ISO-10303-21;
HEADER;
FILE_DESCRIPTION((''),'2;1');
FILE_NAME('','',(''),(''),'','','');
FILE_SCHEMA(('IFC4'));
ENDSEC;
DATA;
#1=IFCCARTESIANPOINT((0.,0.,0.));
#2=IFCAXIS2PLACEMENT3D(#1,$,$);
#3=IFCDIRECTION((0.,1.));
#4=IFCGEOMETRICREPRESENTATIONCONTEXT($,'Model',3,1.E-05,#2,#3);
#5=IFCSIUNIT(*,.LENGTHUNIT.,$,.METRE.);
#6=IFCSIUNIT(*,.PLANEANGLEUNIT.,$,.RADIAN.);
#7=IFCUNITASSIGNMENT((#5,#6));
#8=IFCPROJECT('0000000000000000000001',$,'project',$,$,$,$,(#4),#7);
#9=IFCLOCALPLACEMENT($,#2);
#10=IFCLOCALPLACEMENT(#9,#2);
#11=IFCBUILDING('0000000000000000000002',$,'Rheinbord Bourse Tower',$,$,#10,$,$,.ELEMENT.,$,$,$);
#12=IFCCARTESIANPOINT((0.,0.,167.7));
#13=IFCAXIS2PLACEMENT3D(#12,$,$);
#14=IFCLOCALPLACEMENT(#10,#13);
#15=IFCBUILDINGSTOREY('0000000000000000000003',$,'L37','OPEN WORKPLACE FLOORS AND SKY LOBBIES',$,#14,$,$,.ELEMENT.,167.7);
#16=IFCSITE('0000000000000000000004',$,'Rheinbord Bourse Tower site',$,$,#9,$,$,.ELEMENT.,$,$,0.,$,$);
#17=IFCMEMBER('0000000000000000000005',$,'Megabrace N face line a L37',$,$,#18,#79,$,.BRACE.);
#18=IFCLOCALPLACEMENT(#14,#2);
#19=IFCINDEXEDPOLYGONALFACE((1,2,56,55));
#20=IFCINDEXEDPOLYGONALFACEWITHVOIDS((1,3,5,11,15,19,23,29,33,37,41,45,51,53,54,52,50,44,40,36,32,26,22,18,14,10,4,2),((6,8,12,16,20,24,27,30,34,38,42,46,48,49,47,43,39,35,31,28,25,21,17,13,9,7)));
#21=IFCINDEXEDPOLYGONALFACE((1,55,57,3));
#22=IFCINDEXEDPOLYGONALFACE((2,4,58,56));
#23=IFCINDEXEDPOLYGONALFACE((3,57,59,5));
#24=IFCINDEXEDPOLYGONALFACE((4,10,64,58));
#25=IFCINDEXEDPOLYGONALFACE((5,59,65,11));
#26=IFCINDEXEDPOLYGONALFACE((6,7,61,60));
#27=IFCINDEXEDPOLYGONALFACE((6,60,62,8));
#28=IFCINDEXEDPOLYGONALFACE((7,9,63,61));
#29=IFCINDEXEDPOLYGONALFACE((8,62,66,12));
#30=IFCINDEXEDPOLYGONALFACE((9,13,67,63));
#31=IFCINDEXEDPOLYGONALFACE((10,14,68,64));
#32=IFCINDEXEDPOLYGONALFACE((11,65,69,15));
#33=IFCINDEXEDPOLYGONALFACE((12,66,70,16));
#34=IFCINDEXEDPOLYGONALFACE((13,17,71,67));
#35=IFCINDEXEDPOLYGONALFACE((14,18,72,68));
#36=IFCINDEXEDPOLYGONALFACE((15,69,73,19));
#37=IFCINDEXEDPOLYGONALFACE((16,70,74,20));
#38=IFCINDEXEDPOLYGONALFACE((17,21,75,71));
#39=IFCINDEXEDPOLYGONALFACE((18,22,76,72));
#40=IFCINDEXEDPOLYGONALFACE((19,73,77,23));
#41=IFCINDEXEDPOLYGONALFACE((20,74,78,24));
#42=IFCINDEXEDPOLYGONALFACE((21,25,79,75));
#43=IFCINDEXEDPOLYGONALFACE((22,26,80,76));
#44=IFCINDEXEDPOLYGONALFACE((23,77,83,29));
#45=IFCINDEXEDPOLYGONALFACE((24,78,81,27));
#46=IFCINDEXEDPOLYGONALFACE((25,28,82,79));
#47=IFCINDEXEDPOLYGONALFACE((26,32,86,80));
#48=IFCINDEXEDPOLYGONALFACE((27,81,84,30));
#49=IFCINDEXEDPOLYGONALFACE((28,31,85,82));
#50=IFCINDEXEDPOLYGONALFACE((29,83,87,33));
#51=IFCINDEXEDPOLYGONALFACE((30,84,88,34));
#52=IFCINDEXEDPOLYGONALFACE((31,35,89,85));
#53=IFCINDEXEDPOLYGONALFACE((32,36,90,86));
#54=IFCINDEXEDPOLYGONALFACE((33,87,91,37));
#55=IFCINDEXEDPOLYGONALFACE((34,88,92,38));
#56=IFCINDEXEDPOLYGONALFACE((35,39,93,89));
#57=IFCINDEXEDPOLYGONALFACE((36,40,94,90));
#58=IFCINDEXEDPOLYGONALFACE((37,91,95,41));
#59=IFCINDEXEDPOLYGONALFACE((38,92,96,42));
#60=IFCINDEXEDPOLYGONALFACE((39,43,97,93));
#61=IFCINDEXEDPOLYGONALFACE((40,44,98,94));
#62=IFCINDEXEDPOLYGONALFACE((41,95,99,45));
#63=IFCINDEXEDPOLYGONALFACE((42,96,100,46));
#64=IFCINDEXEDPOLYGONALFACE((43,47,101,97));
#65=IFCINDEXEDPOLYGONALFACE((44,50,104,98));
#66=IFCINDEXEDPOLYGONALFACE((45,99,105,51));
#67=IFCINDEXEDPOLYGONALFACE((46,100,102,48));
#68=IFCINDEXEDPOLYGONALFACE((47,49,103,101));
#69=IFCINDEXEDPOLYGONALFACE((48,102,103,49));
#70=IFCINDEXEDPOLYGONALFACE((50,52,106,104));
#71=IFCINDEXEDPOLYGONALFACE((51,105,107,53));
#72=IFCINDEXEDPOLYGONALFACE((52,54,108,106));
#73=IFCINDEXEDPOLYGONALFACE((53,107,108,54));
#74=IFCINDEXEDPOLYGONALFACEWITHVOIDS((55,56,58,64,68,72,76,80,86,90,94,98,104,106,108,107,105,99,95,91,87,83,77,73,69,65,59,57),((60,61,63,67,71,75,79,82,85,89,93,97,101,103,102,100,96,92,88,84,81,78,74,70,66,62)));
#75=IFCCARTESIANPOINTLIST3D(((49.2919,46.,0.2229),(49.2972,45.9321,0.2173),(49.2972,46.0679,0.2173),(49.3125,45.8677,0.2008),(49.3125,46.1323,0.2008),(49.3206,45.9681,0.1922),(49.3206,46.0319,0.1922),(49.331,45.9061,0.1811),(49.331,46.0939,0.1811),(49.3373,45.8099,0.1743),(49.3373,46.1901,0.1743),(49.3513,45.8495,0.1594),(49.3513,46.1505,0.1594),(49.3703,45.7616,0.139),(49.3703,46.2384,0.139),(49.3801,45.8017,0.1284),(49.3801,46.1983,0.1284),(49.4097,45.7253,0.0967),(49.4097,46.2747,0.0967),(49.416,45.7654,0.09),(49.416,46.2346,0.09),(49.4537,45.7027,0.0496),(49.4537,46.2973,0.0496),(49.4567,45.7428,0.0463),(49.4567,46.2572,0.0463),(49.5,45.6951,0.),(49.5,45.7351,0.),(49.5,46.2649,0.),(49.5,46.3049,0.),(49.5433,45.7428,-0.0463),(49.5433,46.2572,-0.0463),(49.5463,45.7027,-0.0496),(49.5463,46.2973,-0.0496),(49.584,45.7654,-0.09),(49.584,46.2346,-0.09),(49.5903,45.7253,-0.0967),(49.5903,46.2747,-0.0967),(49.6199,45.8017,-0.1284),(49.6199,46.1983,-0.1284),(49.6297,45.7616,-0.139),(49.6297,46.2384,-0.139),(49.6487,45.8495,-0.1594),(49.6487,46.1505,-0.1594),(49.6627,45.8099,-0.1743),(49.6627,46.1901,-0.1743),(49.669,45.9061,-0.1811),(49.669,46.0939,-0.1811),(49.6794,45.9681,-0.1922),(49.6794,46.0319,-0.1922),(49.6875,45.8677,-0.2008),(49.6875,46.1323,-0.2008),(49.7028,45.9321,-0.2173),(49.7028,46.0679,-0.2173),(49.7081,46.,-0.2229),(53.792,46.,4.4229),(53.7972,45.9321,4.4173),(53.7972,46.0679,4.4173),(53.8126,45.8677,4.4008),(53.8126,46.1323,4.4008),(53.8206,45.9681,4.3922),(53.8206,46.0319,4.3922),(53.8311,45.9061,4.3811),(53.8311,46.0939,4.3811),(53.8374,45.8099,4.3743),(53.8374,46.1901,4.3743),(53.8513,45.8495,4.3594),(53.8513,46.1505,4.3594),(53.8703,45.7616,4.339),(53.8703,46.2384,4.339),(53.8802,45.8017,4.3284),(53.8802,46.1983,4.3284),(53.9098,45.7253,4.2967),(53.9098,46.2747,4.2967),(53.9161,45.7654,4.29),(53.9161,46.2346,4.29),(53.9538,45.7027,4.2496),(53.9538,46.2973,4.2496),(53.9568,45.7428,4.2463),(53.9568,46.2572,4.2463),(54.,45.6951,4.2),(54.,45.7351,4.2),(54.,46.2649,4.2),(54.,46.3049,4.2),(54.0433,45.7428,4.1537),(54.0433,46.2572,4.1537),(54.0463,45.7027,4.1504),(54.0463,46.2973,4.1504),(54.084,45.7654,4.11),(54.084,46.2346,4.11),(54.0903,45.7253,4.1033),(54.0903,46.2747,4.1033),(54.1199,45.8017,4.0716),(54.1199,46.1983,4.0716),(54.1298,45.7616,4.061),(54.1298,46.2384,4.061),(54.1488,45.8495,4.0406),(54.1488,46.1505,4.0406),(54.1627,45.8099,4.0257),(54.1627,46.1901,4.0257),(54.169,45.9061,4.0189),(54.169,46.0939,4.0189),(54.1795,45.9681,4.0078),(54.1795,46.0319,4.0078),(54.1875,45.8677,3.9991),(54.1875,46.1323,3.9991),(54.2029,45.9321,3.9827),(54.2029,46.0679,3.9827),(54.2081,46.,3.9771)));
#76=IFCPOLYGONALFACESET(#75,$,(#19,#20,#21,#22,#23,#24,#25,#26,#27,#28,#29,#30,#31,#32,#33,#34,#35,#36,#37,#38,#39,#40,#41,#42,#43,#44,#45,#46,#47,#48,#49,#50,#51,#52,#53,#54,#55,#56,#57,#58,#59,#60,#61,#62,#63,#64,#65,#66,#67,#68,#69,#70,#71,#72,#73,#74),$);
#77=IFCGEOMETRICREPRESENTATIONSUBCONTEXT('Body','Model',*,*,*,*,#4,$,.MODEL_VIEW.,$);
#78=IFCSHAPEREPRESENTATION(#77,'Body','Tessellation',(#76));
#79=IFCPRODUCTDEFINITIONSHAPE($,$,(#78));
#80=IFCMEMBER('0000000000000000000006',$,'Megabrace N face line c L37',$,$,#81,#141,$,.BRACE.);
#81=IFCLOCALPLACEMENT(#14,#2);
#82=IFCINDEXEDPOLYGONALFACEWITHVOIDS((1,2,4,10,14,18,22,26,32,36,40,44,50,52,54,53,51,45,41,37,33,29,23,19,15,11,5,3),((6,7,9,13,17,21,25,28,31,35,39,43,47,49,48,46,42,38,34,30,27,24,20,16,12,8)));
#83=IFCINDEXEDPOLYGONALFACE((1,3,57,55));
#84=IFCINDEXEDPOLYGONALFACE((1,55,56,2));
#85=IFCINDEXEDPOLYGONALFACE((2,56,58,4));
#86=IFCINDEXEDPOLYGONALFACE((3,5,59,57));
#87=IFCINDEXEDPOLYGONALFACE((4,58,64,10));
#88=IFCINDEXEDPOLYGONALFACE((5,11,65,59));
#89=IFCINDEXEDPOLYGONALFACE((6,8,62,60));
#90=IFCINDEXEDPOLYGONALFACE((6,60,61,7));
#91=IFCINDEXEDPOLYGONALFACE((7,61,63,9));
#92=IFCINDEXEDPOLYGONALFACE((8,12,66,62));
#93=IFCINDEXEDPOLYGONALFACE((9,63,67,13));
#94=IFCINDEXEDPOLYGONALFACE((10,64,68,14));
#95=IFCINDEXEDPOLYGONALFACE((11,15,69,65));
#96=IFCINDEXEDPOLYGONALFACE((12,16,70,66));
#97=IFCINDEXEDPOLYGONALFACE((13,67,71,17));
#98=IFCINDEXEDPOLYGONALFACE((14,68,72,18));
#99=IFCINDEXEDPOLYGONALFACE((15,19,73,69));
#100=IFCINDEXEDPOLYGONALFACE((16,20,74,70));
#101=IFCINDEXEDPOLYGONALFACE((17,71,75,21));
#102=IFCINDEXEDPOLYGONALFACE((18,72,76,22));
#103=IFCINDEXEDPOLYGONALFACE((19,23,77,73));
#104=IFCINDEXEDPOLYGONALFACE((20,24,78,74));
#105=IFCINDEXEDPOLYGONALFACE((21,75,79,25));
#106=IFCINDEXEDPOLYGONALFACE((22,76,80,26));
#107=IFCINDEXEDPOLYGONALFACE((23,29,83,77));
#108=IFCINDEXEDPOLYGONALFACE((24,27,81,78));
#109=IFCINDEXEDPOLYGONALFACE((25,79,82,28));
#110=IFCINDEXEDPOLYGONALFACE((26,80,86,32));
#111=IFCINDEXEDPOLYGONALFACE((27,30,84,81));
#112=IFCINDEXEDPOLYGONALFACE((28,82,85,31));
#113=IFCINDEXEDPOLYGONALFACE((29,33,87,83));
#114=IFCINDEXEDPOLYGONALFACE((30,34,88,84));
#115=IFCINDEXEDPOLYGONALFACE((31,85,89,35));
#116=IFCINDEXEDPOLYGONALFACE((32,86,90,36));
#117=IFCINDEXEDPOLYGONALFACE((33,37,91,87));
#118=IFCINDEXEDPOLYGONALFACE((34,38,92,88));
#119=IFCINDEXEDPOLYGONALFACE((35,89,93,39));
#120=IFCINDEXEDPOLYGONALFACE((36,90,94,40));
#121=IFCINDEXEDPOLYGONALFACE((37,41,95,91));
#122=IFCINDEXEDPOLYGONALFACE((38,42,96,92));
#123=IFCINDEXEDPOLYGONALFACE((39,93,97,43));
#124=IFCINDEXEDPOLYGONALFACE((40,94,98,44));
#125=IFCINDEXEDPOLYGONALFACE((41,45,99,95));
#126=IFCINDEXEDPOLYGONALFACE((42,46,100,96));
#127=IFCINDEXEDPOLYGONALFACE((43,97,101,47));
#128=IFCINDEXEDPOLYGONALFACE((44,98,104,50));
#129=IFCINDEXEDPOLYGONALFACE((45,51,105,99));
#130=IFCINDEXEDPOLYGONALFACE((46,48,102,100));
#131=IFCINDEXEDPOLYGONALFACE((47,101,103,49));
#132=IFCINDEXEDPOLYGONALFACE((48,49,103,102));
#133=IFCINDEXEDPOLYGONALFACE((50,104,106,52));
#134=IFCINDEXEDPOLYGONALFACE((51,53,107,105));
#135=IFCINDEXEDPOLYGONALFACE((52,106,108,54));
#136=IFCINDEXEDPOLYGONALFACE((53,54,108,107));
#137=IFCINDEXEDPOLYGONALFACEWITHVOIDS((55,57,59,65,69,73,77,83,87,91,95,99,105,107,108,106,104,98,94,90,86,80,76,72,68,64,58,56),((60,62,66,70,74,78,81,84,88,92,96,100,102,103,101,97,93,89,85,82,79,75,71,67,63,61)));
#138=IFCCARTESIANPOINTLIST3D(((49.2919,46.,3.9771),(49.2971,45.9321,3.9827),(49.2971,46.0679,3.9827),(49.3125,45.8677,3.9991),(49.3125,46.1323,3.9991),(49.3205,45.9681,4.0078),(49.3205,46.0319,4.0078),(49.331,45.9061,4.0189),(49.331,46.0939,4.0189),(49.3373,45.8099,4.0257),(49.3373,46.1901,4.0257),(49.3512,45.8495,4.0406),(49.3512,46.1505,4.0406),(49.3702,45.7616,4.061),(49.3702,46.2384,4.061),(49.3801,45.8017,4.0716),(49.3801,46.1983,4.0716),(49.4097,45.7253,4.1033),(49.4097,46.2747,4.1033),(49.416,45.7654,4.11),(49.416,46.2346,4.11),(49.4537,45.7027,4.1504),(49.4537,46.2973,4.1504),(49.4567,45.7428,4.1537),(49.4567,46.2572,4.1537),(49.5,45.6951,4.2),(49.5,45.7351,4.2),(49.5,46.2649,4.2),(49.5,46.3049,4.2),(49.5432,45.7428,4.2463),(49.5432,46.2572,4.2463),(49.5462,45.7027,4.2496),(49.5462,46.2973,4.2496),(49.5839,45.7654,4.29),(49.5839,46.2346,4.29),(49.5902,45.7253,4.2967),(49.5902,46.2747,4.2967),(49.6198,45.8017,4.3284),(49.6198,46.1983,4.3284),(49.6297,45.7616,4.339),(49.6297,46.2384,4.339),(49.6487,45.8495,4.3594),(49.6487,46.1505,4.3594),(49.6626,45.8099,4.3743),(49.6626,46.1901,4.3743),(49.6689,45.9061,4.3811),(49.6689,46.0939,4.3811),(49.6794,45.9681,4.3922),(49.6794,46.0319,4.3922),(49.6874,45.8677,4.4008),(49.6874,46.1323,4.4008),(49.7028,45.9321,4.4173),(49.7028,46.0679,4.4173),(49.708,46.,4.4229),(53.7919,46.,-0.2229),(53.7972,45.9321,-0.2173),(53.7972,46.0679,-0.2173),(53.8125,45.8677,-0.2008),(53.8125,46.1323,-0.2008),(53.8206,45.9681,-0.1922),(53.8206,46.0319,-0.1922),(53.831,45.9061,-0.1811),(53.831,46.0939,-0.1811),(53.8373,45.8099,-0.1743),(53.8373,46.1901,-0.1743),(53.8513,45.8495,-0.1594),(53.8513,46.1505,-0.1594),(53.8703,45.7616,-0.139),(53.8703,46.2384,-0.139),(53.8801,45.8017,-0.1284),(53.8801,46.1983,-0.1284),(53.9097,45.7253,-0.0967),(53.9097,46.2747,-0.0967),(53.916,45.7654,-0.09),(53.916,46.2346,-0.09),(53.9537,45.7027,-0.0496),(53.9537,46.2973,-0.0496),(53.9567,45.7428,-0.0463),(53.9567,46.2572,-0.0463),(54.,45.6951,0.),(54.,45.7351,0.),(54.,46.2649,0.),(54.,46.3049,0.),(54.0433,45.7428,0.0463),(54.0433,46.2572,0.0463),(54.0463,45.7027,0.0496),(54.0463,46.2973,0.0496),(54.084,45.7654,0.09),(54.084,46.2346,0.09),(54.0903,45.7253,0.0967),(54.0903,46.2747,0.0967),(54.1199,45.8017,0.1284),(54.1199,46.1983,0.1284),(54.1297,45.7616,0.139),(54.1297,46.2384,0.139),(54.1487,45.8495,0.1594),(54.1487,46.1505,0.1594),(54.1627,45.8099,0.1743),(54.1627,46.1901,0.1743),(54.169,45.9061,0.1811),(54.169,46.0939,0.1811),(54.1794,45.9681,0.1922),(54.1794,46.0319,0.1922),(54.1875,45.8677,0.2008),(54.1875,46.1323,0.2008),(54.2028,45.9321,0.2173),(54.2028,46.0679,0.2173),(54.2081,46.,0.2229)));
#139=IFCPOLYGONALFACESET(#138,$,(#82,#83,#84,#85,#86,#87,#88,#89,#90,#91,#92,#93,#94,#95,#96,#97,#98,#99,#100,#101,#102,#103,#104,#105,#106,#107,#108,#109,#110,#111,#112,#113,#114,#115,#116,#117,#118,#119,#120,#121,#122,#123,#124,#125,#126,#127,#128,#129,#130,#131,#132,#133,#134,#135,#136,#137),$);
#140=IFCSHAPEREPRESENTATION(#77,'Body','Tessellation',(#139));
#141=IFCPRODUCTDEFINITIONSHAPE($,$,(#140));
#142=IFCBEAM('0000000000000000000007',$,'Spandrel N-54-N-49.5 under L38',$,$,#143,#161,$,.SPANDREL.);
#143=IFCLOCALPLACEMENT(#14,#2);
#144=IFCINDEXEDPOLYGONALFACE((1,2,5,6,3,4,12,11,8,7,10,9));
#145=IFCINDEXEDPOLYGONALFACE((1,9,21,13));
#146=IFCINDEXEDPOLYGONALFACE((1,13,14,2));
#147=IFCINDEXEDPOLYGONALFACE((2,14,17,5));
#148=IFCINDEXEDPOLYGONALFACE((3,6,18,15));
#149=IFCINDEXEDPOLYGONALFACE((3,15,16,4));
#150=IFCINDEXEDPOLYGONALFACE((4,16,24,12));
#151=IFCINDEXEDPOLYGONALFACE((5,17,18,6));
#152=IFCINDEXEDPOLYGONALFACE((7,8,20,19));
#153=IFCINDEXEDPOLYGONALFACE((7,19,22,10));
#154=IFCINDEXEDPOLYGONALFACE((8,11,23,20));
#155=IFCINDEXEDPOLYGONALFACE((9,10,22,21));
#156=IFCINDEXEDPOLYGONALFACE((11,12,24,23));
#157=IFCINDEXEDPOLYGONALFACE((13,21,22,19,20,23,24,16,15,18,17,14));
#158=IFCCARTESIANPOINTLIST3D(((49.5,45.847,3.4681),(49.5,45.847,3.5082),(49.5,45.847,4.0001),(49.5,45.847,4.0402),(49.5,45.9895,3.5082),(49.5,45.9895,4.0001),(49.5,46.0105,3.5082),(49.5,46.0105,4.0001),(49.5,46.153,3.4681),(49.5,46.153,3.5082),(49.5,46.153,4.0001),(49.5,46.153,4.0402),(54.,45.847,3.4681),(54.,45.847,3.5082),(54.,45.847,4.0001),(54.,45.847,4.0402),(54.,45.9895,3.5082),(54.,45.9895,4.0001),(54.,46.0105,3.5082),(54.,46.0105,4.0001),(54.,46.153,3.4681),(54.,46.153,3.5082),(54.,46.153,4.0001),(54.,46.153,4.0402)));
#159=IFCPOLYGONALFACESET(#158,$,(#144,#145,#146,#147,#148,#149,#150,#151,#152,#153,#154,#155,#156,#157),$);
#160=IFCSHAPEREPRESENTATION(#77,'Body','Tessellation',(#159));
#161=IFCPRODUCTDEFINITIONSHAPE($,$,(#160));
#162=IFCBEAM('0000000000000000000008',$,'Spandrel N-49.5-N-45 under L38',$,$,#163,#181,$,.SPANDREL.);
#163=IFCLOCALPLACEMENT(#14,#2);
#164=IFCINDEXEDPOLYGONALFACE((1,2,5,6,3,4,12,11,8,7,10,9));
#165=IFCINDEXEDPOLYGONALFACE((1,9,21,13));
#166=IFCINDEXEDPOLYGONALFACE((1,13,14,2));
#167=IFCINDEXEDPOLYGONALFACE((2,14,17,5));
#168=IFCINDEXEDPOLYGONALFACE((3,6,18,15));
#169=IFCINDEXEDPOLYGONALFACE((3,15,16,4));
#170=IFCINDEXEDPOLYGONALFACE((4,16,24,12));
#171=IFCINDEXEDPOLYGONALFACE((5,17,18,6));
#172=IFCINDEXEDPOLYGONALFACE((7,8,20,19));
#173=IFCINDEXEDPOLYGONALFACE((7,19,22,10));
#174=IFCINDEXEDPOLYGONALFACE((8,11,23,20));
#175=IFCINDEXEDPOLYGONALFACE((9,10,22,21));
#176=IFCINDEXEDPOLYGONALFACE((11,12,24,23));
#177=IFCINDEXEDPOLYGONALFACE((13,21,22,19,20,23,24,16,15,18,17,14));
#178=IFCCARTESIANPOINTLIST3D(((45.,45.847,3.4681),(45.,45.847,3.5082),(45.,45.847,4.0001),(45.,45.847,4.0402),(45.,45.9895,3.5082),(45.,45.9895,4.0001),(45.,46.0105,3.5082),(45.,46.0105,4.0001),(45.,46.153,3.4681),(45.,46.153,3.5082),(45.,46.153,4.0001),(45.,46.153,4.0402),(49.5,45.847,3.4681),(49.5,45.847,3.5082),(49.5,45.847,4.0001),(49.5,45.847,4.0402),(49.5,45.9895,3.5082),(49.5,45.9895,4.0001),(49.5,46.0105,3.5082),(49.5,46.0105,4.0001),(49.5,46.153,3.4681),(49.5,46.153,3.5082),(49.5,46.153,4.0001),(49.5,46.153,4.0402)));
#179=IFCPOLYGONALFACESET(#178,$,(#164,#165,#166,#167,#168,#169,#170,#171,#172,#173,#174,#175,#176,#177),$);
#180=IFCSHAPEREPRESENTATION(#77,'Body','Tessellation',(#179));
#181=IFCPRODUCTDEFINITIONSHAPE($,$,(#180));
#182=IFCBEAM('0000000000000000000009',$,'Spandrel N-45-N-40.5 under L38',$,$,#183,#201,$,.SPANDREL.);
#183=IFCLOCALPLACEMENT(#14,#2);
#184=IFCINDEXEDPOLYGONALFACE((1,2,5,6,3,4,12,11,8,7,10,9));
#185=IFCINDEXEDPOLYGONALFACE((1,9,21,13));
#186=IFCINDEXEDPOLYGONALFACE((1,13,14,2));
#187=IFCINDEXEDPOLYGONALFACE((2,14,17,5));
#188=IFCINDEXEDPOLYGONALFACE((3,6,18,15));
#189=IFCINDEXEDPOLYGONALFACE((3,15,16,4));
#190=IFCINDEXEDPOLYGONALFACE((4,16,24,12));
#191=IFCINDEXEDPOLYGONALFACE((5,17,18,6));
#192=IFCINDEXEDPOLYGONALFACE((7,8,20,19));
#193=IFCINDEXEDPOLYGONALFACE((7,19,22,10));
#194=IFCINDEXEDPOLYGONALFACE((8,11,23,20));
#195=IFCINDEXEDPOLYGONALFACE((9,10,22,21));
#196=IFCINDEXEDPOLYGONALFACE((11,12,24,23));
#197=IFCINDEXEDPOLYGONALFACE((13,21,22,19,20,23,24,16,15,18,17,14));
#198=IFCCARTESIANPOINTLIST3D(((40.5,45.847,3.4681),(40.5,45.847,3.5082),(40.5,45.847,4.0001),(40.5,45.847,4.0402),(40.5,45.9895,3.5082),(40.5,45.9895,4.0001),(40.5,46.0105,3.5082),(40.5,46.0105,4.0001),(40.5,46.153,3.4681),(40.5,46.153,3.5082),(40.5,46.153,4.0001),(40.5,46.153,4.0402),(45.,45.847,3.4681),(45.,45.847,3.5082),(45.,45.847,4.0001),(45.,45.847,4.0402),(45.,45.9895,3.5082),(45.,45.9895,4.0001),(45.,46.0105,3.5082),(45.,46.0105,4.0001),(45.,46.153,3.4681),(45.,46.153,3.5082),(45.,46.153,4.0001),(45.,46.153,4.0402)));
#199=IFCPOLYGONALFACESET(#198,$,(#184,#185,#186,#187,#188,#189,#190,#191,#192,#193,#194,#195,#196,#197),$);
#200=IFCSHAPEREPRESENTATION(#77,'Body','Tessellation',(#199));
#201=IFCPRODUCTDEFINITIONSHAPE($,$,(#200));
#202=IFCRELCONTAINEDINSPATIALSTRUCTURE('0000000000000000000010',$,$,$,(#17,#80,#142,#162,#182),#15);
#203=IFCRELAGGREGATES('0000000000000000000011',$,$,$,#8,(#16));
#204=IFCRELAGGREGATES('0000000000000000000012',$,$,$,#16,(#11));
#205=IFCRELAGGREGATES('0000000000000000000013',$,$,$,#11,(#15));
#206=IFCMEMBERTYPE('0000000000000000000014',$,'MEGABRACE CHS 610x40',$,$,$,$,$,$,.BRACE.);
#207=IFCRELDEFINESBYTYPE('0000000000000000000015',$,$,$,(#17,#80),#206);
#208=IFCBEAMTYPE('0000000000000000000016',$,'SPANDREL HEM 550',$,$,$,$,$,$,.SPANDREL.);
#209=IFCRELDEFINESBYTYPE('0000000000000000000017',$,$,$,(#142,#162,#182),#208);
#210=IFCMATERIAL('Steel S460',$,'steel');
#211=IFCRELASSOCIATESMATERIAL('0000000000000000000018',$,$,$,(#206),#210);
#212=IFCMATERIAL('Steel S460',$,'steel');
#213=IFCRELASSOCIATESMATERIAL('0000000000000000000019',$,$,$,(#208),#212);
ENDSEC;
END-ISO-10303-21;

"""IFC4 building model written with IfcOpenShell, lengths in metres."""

from ifc_helpers import new_model, si_unit, direction, frame, origin, origin_2d, place, context, subcontext, project, spatial, hollow_circle, i_section, extrude, material, material_profile, profile_set, type_object, element, save


model = new_model("IFC4")

# Units and contexts
model_context = context("Model", 3, precision=1e-05, world=origin(), true_north=direction((0.0, 1.0)))
body_context = subcontext(model_context, "Body", "Model", "MODEL_VIEW")
ifc_project = project(units=[si_unit("LENGTHUNIT", "METRE"), si_unit("PLANEANGLEUNIT", "RADIAN")], contexts=[model_context])

# Site, building, storey
site_placement = place(None, origin())
site = spatial("IfcSite", under=ifc_project, at=site_placement, Name="Rheinbord Bourse Tower site", CompositionType="ELEMENT", RefElevation=0.0)
building_placement = place(site_placement, origin())
building = spatial("IfcBuilding", under=site, at=building_placement, Name="Rheinbord Bourse Tower", CompositionType="ELEMENT")
storey_placement = place(building_placement, frame((0.0, 0.0, 167.7)))
storey = spatial("IfcBuildingStorey", under=building, at=storey_placement, Name="L37", Description="OPEN WORKPLACE FLOORS AND SKY LOBBIES", CompositionType="ELEMENT", Elevation=167.7)

# Members
ifc_material_1 = material(Name="Steel S460", Category="steel")
ifc_material_profile_1 = material_profile(ifc_material_1, hollow_circle(Radius=0.3049, WallThickness=0.04, at=origin_2d()), Name="CHS 610x40")
ifc_profile_set_1 = profile_set([ifc_material_profile_1], Name="Steel S460")
member_type_1 = type_object("IfcMemberType", Name="MEGABRACE CHS 610x40", PredefinedType="BRACE", material=ifc_profile_set_1)
for number, where, z_axis, x_axis, name in (
    (1, (49.5, 46.0, 0.0), (0.731059, 0.0, 0.682314), (0.0, 1.0, 0.0), "Megabrace N face line a L37"),
    (2, (54.0, 46.0, 0.0), (-0.731059, 0.0, 0.682314), (0.0, -1.0, 0.0), "Megabrace N face line c L37"),
):
    element("IfcMember", number, at=place(storey_placement, frame(where, z_axis=z_axis, x_axis=x_axis)), inside=storey, type_object=member_type_1, Name=name, PredefinedType="BRACE", context=body_context, shape_type="SweptSolid", body=[
        extrude(hollow_circle(Radius=0.3049, WallThickness=0.04, at=origin_2d()), origin(), (0.0, 0.0, 1.0), 6.1555),
    ])

# Beams
ifc_material_2 = material(Name="Steel S460", Category="steel")
ifc_material_profile_2 = material_profile(ifc_material_2, i_section(OverallWidth=0.3059, OverallDepth=0.572, WebThickness=0.021, FlangeThickness=0.04, at=origin_2d()), Name="HEM 550")
ifc_profile_set_2 = profile_set([ifc_material_profile_2], Name="Steel S460")
beam_type_1 = type_object("IfcBeamType", Name="SPANDREL HEM 550", PredefinedType="SPANDREL", material=ifc_profile_set_2)
for number, where, z_axis, x_axis, name in (
    (3, (54.0, 46.0, 3.7542), (-1.0, 0.0, 0.0), (0.0, -1.0, 0.0), "Spandrel N-54-N-49.5 under L38"),
    (4, (49.5, 46.0, 3.7542), (-1.0, 0.0, 0.0), (0.0, -1.0, 0.0), "Spandrel N-49.5-N-45 under L38"),
    (5, (45.0, 46.0, 3.7542), (-1.0, 0.0, 0.0), (0.0, -1.0, 0.0), "Spandrel N-45-N-40.5 under L38"),
):
    element("IfcBeam", number, at=place(storey_placement, frame(where, z_axis=z_axis, x_axis=x_axis)), inside=storey, type_object=beam_type_1, Name=name, PredefinedType="SPANDREL", context=body_context, shape_type="SweptSolid", body=[
        extrude(i_section(OverallWidth=0.3059, OverallDepth=0.572, WebThickness=0.021, FlangeThickness=0.04, at=origin_2d()), origin(), (0.0, 0.0, 1.0), 4.5),
    ])

save(model, "model.ifc")
